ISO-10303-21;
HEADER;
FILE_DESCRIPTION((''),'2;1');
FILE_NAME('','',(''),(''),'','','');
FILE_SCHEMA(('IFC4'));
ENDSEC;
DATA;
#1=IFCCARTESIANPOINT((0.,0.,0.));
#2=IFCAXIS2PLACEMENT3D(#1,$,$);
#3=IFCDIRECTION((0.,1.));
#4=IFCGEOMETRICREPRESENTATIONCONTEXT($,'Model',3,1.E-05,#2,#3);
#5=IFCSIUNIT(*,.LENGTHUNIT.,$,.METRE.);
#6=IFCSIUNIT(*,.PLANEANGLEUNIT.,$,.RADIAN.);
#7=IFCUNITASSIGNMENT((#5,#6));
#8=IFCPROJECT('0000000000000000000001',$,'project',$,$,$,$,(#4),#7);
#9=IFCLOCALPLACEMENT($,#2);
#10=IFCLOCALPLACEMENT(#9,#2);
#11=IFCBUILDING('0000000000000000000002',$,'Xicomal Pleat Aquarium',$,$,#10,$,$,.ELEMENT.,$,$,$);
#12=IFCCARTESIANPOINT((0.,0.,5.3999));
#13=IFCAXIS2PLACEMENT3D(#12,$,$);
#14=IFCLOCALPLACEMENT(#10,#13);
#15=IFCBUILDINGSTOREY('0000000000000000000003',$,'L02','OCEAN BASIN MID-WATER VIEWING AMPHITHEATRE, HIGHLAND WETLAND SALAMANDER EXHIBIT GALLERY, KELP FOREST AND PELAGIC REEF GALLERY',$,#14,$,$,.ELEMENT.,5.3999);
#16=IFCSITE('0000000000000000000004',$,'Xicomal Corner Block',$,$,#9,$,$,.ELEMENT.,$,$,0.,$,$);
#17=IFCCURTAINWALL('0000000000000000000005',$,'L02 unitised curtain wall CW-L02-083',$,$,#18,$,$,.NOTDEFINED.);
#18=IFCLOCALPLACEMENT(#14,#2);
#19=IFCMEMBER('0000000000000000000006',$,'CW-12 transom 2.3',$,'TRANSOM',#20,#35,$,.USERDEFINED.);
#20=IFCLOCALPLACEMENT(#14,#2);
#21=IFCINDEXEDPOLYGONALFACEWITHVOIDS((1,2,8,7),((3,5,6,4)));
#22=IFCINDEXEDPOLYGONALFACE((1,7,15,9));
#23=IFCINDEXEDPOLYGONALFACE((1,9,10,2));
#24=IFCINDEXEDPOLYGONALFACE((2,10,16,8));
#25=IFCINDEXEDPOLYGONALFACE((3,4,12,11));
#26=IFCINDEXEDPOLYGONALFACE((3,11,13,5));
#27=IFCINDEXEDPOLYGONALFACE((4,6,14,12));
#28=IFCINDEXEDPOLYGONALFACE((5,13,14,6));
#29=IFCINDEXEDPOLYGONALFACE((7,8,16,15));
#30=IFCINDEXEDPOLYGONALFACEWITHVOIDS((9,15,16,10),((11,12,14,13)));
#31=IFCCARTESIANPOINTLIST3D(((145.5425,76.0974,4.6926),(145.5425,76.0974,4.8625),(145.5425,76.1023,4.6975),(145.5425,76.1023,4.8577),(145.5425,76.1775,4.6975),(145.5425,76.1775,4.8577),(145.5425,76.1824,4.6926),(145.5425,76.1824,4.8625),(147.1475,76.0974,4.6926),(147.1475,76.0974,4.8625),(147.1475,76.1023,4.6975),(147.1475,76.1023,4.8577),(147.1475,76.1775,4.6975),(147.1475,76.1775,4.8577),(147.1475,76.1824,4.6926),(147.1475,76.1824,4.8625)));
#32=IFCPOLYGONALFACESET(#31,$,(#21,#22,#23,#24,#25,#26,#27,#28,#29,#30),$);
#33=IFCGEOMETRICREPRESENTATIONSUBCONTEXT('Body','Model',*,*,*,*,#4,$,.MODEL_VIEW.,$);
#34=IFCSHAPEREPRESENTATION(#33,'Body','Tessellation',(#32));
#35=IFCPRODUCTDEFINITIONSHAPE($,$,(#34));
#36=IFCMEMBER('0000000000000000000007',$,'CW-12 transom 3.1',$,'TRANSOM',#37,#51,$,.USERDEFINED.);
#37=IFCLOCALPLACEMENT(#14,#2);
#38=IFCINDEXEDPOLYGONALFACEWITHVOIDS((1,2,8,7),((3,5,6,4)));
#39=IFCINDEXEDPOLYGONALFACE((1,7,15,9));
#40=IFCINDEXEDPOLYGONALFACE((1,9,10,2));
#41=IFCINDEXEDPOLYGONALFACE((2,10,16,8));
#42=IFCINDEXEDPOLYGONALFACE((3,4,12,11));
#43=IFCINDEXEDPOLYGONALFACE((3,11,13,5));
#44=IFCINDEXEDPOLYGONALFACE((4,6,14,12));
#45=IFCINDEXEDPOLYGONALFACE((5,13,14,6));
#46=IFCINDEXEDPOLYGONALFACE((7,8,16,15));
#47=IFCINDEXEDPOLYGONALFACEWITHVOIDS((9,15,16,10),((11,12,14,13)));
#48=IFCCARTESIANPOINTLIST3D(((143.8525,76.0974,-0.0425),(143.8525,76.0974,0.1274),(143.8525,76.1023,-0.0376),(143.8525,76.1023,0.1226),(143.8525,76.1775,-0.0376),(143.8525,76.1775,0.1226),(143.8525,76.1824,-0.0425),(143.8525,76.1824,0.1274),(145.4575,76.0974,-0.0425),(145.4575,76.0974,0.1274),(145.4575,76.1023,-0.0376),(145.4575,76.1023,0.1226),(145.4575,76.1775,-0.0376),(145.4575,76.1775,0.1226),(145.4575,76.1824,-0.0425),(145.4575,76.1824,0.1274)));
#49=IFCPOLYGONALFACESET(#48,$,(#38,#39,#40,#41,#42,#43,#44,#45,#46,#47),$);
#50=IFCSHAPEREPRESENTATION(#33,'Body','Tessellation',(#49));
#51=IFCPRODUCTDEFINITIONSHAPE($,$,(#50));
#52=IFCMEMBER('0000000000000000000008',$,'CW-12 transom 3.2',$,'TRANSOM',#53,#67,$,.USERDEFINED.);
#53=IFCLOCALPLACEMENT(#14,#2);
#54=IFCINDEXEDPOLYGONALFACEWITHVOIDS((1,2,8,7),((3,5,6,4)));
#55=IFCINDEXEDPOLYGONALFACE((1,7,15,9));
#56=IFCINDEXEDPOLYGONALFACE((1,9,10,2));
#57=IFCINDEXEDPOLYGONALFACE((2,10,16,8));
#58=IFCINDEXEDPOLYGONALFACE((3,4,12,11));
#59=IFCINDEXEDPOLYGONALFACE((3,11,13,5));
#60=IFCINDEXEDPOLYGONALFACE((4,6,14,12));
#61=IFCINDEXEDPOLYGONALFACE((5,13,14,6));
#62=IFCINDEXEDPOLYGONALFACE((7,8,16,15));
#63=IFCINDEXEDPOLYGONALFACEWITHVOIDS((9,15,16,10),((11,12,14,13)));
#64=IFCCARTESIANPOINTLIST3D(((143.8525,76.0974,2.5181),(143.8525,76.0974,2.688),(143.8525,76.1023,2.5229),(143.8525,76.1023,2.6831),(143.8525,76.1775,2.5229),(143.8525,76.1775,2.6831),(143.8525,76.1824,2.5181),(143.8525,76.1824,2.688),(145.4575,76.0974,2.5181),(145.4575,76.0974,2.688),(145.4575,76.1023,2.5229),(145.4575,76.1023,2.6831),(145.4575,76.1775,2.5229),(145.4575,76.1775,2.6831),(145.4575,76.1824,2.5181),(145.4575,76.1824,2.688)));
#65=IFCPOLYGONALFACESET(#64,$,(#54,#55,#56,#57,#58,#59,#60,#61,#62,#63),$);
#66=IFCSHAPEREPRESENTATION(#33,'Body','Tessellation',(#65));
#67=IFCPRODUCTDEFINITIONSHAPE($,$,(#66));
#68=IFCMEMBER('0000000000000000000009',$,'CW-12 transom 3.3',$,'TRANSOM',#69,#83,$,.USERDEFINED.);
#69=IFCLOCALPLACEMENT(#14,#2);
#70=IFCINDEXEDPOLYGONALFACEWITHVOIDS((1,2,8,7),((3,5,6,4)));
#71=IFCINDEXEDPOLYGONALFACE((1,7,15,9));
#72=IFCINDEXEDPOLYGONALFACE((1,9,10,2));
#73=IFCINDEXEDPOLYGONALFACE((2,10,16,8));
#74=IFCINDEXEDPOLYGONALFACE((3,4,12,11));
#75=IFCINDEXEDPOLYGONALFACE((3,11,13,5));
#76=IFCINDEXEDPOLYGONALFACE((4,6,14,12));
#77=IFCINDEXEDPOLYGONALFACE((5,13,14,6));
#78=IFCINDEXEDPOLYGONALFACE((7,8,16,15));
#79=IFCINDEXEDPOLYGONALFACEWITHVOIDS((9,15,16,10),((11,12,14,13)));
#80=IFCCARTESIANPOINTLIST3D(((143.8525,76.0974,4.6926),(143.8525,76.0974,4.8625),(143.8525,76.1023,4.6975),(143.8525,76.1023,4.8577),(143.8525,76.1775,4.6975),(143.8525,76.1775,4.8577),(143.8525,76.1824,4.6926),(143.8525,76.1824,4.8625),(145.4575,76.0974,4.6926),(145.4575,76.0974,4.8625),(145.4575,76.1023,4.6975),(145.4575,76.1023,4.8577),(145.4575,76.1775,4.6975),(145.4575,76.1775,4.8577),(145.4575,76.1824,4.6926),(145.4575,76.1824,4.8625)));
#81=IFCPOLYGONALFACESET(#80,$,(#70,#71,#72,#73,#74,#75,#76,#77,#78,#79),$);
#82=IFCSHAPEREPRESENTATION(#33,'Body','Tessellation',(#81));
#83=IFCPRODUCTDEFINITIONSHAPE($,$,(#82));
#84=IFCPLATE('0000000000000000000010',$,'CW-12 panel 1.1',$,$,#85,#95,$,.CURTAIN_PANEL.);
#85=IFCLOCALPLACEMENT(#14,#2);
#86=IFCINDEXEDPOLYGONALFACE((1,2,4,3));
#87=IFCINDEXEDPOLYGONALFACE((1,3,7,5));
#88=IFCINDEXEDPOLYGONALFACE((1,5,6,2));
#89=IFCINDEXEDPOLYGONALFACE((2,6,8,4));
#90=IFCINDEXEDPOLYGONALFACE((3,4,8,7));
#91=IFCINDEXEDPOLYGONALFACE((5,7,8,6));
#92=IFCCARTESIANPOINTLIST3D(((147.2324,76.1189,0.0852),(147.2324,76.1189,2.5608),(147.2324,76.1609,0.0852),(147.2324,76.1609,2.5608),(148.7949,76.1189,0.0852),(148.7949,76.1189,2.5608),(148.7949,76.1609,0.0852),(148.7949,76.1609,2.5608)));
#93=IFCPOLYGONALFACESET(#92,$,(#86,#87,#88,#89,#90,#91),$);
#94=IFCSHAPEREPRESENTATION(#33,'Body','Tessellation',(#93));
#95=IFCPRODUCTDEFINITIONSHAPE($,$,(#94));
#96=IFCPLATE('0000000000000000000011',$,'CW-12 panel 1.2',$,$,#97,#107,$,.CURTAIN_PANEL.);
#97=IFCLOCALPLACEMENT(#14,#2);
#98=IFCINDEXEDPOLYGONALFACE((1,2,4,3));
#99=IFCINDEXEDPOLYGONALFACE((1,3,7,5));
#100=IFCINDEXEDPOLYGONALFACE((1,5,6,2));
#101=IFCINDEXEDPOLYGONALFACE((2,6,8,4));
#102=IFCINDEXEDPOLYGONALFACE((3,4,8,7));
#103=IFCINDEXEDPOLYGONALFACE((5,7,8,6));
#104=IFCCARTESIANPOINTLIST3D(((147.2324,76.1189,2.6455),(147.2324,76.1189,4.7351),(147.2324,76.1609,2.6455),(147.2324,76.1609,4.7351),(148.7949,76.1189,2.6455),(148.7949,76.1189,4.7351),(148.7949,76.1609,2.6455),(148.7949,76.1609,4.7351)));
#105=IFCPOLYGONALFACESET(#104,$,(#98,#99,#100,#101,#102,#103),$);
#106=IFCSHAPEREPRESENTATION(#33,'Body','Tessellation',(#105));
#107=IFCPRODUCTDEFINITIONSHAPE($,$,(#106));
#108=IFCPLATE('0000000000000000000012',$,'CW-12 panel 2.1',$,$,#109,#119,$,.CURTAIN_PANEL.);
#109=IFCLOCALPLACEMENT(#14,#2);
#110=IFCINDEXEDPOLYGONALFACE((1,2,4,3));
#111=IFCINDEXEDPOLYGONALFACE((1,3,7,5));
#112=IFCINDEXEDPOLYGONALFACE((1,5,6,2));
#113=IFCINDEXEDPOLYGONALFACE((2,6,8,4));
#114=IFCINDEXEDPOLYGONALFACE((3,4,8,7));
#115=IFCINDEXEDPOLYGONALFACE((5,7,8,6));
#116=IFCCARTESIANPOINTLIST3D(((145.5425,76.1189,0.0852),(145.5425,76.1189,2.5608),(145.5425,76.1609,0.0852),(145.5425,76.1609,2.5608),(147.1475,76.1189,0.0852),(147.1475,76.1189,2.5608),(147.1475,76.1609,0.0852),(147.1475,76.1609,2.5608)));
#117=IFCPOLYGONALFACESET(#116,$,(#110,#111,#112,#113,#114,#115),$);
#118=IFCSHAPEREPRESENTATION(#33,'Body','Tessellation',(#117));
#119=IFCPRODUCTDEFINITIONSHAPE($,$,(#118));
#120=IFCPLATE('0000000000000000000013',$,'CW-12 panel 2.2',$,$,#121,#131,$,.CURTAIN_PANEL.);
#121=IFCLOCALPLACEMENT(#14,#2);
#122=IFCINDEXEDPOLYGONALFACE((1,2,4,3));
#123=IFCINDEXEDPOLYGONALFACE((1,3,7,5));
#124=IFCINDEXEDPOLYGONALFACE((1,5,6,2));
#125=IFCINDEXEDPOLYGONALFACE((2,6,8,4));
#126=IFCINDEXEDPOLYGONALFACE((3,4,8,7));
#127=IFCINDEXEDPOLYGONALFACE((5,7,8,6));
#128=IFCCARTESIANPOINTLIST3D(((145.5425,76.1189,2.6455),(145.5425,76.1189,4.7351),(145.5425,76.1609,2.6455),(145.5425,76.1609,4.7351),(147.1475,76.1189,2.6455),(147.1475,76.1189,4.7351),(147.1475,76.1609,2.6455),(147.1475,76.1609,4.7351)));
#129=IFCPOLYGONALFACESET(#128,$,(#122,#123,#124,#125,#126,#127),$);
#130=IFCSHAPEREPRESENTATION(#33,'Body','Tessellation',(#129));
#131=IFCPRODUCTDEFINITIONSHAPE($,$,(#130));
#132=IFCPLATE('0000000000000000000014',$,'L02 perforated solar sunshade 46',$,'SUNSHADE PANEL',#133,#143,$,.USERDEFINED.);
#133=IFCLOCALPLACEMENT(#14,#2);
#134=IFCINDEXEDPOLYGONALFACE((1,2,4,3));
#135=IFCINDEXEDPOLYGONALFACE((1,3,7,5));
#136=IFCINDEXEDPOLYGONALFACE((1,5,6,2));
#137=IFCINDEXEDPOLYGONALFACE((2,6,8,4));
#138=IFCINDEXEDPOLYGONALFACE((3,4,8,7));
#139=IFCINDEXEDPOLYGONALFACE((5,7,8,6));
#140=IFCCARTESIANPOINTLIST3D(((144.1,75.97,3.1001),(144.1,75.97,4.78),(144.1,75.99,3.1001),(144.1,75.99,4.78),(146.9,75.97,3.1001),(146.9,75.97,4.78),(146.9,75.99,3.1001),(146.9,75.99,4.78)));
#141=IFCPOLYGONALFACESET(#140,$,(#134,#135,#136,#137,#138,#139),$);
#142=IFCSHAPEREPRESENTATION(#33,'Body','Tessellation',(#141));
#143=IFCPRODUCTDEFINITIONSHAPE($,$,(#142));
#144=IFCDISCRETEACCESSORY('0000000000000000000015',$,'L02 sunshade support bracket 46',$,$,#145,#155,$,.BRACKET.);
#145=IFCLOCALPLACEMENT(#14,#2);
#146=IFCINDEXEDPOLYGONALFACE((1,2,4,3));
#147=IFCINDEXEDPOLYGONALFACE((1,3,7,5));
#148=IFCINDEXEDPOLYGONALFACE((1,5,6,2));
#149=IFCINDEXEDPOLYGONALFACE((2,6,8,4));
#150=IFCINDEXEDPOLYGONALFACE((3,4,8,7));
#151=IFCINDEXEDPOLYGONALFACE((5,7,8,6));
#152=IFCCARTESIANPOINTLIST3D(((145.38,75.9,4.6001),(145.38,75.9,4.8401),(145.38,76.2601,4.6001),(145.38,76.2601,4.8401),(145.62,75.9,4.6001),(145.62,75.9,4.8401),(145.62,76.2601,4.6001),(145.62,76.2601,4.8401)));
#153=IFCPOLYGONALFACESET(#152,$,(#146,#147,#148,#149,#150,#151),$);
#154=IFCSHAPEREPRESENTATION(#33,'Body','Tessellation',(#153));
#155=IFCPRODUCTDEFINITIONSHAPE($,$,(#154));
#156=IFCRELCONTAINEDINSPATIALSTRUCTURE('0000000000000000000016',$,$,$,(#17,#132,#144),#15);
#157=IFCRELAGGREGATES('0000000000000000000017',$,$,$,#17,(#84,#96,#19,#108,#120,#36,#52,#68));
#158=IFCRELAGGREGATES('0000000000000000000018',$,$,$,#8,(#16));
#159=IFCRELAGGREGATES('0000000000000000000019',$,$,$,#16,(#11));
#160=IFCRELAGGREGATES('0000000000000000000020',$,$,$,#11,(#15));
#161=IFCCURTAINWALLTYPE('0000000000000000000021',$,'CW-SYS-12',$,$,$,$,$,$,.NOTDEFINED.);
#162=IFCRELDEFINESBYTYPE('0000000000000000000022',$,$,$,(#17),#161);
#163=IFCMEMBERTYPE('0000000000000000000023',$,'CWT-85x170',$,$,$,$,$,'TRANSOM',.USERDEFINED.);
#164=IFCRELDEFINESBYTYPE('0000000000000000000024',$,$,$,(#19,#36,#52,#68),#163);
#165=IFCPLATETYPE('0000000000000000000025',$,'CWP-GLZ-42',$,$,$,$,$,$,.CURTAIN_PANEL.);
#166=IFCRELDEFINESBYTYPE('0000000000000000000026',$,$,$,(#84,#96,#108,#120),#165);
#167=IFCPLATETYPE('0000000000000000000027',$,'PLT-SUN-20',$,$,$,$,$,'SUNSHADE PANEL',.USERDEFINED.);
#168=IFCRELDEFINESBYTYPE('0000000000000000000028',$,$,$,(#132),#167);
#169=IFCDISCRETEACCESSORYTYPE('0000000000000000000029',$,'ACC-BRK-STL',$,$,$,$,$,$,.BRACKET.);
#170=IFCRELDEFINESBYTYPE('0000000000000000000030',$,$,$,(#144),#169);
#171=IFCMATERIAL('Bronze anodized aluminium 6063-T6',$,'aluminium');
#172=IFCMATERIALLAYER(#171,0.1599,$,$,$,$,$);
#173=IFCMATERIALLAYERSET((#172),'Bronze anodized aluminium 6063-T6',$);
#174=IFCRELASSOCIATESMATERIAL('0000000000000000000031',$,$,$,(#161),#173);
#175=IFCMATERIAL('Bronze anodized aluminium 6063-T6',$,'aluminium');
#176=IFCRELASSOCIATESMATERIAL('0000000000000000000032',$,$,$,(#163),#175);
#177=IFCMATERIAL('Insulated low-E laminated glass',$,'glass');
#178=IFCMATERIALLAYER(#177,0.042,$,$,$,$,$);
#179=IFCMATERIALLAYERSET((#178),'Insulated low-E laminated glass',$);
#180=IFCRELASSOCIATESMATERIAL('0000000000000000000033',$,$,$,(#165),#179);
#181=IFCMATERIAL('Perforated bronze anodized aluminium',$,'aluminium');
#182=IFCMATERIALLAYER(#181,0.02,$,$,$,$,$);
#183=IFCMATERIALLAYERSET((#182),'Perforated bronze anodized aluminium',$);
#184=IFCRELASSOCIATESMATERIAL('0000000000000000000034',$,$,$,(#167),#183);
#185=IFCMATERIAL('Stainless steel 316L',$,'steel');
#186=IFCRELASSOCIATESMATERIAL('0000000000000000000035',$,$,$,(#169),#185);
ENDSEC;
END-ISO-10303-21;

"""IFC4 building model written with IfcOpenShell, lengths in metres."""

from ifc_helpers import new_model, si_unit, direction, frame, origin, origin_2d, place, context, subcontext, project, spatial, rectangle, hollow_rectangle, extrude, material, layer, layer_set, material_profile, profile_set, type_object, element, aggregate, save


model = new_model("IFC4")

# Units and contexts
model_context = context("Model", 3, precision=1e-05, world=origin(), true_north=direction((0.0, 1.0)))
body_context = subcontext(model_context, "Body", "Model", "MODEL_VIEW")
ifc_project = project(units=[si_unit("LENGTHUNIT", "METRE"), si_unit("PLANEANGLEUNIT", "RADIAN")], contexts=[model_context])

# Site, building, storey
site_placement = place(None, origin())
site = spatial("IfcSite", under=ifc_project, at=site_placement, Name="Xicomal Corner Block", CompositionType="ELEMENT", RefElevation=0.0)
building_placement = place(site_placement, origin())
building = spatial("IfcBuilding", under=site, at=building_placement, Name="Xicomal Pleat Aquarium", CompositionType="ELEMENT")
storey_placement = place(building_placement, frame((0.0, 0.0, 5.3999)))
storey = spatial("IfcBuildingStorey", under=building, at=storey_placement, Name="L02", Description="OCEAN BASIN MID-WATER VIEWING AMPHITHEATRE, HIGHLAND WETLAND SALAMANDER EXHIBIT GALLERY, KELP FOREST AND PELAGIC REEF GALLERY", CompositionType="ELEMENT", Elevation=5.3999)

# Curtain wall, members, plates
ifc_material_1 = material(Name="Bronze anodized aluminium 6063-T6", Category="aluminium")
ifc_layer_1 = layer(ifc_material_1, 0.1599)
ifc_layer_set_1 = layer_set([ifc_layer_1], Name="Bronze anodized aluminium 6063-T6")
curtain_wall_type = type_object("IfcCurtainWallType", Name="CW-SYS-12", PredefinedType="NOTDEFINED", material=ifc_layer_set_1)
curtain_wall_placement = place(storey_placement, origin())
curtain_wall = element("IfcCurtainWall", 1, at=curtain_wall_placement, inside=storey, type_object=curtain_wall_type, Name="L02 unitised curtain wall CW-L02-083", PredefinedType="NOTDEFINED")
ifc_material_2 = material(Name="Bronze anodized aluminium 6063-T6", Category="aluminium")
ifc_material_profile_1 = material_profile(ifc_material_2, hollow_rectangle(XDim=0.085, YDim=0.1699, WallThickness=0.0049, at=origin_2d()), Name="ALU TRAN 85x170")
ifc_profile_set_1 = profile_set([ifc_material_profile_1], Name="Bronze anodized aluminium 6063-T6")
member_type_1 = type_object("IfcMemberType", Name="CWT-85x170", ElementType="TRANSOM", PredefinedType="USERDEFINED", material=ifc_profile_set_1)
member_1_placement = place(storey_placement, frame((147.1475, 76.1399, 4.7776), z_axis=(-1.0, 0.0, 0.0), x_axis=(0.0, -1.0, 0.0)))
member_1 = element("IfcMember", 2, at=member_1_placement, type_object=member_type_1, Name="CW-12 transom 2.3", ObjectType="TRANSOM", PredefinedType="USERDEFINED", context=body_context, shape_type="SweptSolid", body=[
    extrude(hollow_rectangle(XDim=0.085, YDim=0.1699, WallThickness=0.0049, at=origin_2d()), origin(), (0.0, 0.0, 1.0), 1.605),
])
member_2_placement = place(storey_placement, frame((145.4575, 76.1399, 0.0425), z_axis=(-1.0, 0.0, 0.0), x_axis=(0.0, -1.0, 0.0)))
member_2 = element("IfcMember", 3, at=member_2_placement, type_object=member_type_1, Name="CW-12 transom 3.1", ObjectType="TRANSOM", PredefinedType="USERDEFINED", context=body_context, shape_type="SweptSolid", body=[
    extrude(hollow_rectangle(XDim=0.085, YDim=0.1699, WallThickness=0.0049, at=origin_2d()), origin(), (0.0, 0.0, 1.0), 1.605),
])
member_3_placement = place(storey_placement, frame((145.4575, 76.1399, 2.603), z_axis=(-1.0, 0.0, 0.0), x_axis=(0.0, -1.0, 0.0)))
member_3 = element("IfcMember", 4, at=member_3_placement, type_object=member_type_1, Name="CW-12 transom 3.2", ObjectType="TRANSOM", PredefinedType="USERDEFINED", context=body_context, shape_type="SweptSolid", body=[
    extrude(hollow_rectangle(XDim=0.085, YDim=0.1699, WallThickness=0.0049, at=origin_2d()), origin(), (0.0, 0.0, 1.0), 1.605),
])
member_4_placement = place(storey_placement, frame((145.4575, 76.1399, 4.7776), z_axis=(-1.0, 0.0, 0.0), x_axis=(0.0, -1.0, 0.0)))
member_4 = element("IfcMember", 5, at=member_4_placement, type_object=member_type_1, Name="CW-12 transom 3.3", ObjectType="TRANSOM", PredefinedType="USERDEFINED", context=body_context, shape_type="SweptSolid", body=[
    extrude(hollow_rectangle(XDim=0.085, YDim=0.1699, WallThickness=0.0049, at=origin_2d()), origin(), (0.0, 0.0, 1.0), 1.605),
])
ifc_material_3 = material(Name="Insulated low-E laminated glass", Category="glass")
ifc_layer_2 = layer(ifc_material_3, 0.042)
ifc_layer_set_2 = layer_set([ifc_layer_2], Name="Insulated low-E laminated glass")
plate_type_1 = type_object("IfcPlateType", Name="CWP-GLZ-42", PredefinedType="CURTAIN_PANEL", material=ifc_layer_set_2)
plate_1_placement = place(storey_placement, frame((148.0137, 76.1399, 0.0852), z_axis=(0.0, 0.0, 1.0), x_axis=(-1.0, 0.0, 0.0)))
plate_1 = element("IfcPlate", 6, at=plate_1_placement, type_object=plate_type_1, Name="CW-12 panel 1.1", PredefinedType="CURTAIN_PANEL", context=body_context, shape_type="SweptSolid", body=[
    extrude(rectangle(XDim=1.5625, YDim=0.042, at=origin_2d()), origin(), (0.0, 0.0, 1.0), 2.4756),
])
plate_2_placement = place(storey_placement, frame((148.0137, 76.1399, 2.6455), z_axis=(0.0, 0.0, 1.0), x_axis=(-1.0, 0.0, 0.0)))
plate_2 = element("IfcPlate", 7, at=plate_2_placement, type_object=plate_type_1, Name="CW-12 panel 1.2", PredefinedType="CURTAIN_PANEL", context=body_context, shape_type="SweptSolid", body=[
    extrude(rectangle(XDim=1.5625, YDim=0.042, at=origin_2d()), origin(), (0.0, 0.0, 1.0), 2.0896),
])
plate_3_placement = place(storey_placement, frame((146.345, 76.1399, 0.0852), z_axis=(0.0, 0.0, 1.0), x_axis=(-1.0, 0.0, 0.0)))
plate_3 = element("IfcPlate", 8, at=plate_3_placement, type_object=plate_type_1, Name="CW-12 panel 2.1", PredefinedType="CURTAIN_PANEL", context=body_context, shape_type="SweptSolid", body=[
    extrude(rectangle(XDim=1.605, YDim=0.042, at=origin_2d()), origin(), (0.0, 0.0, 1.0), 2.4756),
])
plate_4_placement = place(storey_placement, frame((146.345, 76.1399, 2.6455), z_axis=(0.0, 0.0, 1.0), x_axis=(-1.0, 0.0, 0.0)))
plate_4 = element("IfcPlate", 9, at=plate_4_placement, type_object=plate_type_1, Name="CW-12 panel 2.2", PredefinedType="CURTAIN_PANEL", context=body_context, shape_type="SweptSolid", body=[
    extrude(rectangle(XDim=1.605, YDim=0.042, at=origin_2d()), origin(), (0.0, 0.0, 1.0), 2.0896),
])
aggregate(curtain_wall, [plate_1, plate_2, member_1, plate_3, plate_4, member_2, member_3, member_4])

# Plate
ifc_material_4 = material(Name="Perforated bronze anodized aluminium", Category="aluminium")
ifc_layer_3 = layer(ifc_material_4, 0.02)
ifc_layer_set_3 = layer_set([ifc_layer_3], Name="Perforated bronze anodized aluminium")
plate_type_2 = type_object("IfcPlateType", Name="PLT-SUN-20", ElementType="SUNSHADE PANEL", PredefinedType="USERDEFINED", material=ifc_layer_set_3)
plate_5_placement = place(storey_placement, frame((145.5, 75.98, 3.1001), z_axis=(0.0, 0.0, 1.0), x_axis=(-1.0, 0.0, 0.0)))
element("IfcPlate", 10, at=plate_5_placement, inside=storey, type_object=plate_type_2, Name="L02 perforated solar sunshade 46", ObjectType="SUNSHADE PANEL", PredefinedType="USERDEFINED", context=body_context, shape_type="SweptSolid", body=[
    extrude(rectangle(XDim=2.8, YDim=0.02, at=origin_2d()), origin(), (0.0, 0.0, 1.0), 1.6799),
])

# Discrete accessory
ifc_material_5 = material(Name="Stainless steel 316L", Category="steel")
discrete_accessory_type = type_object("IfcDiscreteAccessoryType", Name="ACC-BRK-STL", PredefinedType="BRACKET", material=ifc_material_5)
discrete_accessory_placement = place(storey_placement, frame((145.5, 76.0801, 4.6001), z_axis=(0.0, 0.0, 1.0), x_axis=(-1.0, 0.0, 0.0)))
element("IfcDiscreteAccessory", 11, at=discrete_accessory_placement, inside=storey, type_object=discrete_accessory_type, Name="L02 sunshade support bracket 46", PredefinedType="BRACKET", context=body_context, shape_type="SweptSolid", body=[
    extrude(rectangle(XDim=0.24, YDim=0.3601, at=origin_2d()), origin(), (0.0, 0.0, 1.0), 0.24),
])

save(model, "model.ifc")
